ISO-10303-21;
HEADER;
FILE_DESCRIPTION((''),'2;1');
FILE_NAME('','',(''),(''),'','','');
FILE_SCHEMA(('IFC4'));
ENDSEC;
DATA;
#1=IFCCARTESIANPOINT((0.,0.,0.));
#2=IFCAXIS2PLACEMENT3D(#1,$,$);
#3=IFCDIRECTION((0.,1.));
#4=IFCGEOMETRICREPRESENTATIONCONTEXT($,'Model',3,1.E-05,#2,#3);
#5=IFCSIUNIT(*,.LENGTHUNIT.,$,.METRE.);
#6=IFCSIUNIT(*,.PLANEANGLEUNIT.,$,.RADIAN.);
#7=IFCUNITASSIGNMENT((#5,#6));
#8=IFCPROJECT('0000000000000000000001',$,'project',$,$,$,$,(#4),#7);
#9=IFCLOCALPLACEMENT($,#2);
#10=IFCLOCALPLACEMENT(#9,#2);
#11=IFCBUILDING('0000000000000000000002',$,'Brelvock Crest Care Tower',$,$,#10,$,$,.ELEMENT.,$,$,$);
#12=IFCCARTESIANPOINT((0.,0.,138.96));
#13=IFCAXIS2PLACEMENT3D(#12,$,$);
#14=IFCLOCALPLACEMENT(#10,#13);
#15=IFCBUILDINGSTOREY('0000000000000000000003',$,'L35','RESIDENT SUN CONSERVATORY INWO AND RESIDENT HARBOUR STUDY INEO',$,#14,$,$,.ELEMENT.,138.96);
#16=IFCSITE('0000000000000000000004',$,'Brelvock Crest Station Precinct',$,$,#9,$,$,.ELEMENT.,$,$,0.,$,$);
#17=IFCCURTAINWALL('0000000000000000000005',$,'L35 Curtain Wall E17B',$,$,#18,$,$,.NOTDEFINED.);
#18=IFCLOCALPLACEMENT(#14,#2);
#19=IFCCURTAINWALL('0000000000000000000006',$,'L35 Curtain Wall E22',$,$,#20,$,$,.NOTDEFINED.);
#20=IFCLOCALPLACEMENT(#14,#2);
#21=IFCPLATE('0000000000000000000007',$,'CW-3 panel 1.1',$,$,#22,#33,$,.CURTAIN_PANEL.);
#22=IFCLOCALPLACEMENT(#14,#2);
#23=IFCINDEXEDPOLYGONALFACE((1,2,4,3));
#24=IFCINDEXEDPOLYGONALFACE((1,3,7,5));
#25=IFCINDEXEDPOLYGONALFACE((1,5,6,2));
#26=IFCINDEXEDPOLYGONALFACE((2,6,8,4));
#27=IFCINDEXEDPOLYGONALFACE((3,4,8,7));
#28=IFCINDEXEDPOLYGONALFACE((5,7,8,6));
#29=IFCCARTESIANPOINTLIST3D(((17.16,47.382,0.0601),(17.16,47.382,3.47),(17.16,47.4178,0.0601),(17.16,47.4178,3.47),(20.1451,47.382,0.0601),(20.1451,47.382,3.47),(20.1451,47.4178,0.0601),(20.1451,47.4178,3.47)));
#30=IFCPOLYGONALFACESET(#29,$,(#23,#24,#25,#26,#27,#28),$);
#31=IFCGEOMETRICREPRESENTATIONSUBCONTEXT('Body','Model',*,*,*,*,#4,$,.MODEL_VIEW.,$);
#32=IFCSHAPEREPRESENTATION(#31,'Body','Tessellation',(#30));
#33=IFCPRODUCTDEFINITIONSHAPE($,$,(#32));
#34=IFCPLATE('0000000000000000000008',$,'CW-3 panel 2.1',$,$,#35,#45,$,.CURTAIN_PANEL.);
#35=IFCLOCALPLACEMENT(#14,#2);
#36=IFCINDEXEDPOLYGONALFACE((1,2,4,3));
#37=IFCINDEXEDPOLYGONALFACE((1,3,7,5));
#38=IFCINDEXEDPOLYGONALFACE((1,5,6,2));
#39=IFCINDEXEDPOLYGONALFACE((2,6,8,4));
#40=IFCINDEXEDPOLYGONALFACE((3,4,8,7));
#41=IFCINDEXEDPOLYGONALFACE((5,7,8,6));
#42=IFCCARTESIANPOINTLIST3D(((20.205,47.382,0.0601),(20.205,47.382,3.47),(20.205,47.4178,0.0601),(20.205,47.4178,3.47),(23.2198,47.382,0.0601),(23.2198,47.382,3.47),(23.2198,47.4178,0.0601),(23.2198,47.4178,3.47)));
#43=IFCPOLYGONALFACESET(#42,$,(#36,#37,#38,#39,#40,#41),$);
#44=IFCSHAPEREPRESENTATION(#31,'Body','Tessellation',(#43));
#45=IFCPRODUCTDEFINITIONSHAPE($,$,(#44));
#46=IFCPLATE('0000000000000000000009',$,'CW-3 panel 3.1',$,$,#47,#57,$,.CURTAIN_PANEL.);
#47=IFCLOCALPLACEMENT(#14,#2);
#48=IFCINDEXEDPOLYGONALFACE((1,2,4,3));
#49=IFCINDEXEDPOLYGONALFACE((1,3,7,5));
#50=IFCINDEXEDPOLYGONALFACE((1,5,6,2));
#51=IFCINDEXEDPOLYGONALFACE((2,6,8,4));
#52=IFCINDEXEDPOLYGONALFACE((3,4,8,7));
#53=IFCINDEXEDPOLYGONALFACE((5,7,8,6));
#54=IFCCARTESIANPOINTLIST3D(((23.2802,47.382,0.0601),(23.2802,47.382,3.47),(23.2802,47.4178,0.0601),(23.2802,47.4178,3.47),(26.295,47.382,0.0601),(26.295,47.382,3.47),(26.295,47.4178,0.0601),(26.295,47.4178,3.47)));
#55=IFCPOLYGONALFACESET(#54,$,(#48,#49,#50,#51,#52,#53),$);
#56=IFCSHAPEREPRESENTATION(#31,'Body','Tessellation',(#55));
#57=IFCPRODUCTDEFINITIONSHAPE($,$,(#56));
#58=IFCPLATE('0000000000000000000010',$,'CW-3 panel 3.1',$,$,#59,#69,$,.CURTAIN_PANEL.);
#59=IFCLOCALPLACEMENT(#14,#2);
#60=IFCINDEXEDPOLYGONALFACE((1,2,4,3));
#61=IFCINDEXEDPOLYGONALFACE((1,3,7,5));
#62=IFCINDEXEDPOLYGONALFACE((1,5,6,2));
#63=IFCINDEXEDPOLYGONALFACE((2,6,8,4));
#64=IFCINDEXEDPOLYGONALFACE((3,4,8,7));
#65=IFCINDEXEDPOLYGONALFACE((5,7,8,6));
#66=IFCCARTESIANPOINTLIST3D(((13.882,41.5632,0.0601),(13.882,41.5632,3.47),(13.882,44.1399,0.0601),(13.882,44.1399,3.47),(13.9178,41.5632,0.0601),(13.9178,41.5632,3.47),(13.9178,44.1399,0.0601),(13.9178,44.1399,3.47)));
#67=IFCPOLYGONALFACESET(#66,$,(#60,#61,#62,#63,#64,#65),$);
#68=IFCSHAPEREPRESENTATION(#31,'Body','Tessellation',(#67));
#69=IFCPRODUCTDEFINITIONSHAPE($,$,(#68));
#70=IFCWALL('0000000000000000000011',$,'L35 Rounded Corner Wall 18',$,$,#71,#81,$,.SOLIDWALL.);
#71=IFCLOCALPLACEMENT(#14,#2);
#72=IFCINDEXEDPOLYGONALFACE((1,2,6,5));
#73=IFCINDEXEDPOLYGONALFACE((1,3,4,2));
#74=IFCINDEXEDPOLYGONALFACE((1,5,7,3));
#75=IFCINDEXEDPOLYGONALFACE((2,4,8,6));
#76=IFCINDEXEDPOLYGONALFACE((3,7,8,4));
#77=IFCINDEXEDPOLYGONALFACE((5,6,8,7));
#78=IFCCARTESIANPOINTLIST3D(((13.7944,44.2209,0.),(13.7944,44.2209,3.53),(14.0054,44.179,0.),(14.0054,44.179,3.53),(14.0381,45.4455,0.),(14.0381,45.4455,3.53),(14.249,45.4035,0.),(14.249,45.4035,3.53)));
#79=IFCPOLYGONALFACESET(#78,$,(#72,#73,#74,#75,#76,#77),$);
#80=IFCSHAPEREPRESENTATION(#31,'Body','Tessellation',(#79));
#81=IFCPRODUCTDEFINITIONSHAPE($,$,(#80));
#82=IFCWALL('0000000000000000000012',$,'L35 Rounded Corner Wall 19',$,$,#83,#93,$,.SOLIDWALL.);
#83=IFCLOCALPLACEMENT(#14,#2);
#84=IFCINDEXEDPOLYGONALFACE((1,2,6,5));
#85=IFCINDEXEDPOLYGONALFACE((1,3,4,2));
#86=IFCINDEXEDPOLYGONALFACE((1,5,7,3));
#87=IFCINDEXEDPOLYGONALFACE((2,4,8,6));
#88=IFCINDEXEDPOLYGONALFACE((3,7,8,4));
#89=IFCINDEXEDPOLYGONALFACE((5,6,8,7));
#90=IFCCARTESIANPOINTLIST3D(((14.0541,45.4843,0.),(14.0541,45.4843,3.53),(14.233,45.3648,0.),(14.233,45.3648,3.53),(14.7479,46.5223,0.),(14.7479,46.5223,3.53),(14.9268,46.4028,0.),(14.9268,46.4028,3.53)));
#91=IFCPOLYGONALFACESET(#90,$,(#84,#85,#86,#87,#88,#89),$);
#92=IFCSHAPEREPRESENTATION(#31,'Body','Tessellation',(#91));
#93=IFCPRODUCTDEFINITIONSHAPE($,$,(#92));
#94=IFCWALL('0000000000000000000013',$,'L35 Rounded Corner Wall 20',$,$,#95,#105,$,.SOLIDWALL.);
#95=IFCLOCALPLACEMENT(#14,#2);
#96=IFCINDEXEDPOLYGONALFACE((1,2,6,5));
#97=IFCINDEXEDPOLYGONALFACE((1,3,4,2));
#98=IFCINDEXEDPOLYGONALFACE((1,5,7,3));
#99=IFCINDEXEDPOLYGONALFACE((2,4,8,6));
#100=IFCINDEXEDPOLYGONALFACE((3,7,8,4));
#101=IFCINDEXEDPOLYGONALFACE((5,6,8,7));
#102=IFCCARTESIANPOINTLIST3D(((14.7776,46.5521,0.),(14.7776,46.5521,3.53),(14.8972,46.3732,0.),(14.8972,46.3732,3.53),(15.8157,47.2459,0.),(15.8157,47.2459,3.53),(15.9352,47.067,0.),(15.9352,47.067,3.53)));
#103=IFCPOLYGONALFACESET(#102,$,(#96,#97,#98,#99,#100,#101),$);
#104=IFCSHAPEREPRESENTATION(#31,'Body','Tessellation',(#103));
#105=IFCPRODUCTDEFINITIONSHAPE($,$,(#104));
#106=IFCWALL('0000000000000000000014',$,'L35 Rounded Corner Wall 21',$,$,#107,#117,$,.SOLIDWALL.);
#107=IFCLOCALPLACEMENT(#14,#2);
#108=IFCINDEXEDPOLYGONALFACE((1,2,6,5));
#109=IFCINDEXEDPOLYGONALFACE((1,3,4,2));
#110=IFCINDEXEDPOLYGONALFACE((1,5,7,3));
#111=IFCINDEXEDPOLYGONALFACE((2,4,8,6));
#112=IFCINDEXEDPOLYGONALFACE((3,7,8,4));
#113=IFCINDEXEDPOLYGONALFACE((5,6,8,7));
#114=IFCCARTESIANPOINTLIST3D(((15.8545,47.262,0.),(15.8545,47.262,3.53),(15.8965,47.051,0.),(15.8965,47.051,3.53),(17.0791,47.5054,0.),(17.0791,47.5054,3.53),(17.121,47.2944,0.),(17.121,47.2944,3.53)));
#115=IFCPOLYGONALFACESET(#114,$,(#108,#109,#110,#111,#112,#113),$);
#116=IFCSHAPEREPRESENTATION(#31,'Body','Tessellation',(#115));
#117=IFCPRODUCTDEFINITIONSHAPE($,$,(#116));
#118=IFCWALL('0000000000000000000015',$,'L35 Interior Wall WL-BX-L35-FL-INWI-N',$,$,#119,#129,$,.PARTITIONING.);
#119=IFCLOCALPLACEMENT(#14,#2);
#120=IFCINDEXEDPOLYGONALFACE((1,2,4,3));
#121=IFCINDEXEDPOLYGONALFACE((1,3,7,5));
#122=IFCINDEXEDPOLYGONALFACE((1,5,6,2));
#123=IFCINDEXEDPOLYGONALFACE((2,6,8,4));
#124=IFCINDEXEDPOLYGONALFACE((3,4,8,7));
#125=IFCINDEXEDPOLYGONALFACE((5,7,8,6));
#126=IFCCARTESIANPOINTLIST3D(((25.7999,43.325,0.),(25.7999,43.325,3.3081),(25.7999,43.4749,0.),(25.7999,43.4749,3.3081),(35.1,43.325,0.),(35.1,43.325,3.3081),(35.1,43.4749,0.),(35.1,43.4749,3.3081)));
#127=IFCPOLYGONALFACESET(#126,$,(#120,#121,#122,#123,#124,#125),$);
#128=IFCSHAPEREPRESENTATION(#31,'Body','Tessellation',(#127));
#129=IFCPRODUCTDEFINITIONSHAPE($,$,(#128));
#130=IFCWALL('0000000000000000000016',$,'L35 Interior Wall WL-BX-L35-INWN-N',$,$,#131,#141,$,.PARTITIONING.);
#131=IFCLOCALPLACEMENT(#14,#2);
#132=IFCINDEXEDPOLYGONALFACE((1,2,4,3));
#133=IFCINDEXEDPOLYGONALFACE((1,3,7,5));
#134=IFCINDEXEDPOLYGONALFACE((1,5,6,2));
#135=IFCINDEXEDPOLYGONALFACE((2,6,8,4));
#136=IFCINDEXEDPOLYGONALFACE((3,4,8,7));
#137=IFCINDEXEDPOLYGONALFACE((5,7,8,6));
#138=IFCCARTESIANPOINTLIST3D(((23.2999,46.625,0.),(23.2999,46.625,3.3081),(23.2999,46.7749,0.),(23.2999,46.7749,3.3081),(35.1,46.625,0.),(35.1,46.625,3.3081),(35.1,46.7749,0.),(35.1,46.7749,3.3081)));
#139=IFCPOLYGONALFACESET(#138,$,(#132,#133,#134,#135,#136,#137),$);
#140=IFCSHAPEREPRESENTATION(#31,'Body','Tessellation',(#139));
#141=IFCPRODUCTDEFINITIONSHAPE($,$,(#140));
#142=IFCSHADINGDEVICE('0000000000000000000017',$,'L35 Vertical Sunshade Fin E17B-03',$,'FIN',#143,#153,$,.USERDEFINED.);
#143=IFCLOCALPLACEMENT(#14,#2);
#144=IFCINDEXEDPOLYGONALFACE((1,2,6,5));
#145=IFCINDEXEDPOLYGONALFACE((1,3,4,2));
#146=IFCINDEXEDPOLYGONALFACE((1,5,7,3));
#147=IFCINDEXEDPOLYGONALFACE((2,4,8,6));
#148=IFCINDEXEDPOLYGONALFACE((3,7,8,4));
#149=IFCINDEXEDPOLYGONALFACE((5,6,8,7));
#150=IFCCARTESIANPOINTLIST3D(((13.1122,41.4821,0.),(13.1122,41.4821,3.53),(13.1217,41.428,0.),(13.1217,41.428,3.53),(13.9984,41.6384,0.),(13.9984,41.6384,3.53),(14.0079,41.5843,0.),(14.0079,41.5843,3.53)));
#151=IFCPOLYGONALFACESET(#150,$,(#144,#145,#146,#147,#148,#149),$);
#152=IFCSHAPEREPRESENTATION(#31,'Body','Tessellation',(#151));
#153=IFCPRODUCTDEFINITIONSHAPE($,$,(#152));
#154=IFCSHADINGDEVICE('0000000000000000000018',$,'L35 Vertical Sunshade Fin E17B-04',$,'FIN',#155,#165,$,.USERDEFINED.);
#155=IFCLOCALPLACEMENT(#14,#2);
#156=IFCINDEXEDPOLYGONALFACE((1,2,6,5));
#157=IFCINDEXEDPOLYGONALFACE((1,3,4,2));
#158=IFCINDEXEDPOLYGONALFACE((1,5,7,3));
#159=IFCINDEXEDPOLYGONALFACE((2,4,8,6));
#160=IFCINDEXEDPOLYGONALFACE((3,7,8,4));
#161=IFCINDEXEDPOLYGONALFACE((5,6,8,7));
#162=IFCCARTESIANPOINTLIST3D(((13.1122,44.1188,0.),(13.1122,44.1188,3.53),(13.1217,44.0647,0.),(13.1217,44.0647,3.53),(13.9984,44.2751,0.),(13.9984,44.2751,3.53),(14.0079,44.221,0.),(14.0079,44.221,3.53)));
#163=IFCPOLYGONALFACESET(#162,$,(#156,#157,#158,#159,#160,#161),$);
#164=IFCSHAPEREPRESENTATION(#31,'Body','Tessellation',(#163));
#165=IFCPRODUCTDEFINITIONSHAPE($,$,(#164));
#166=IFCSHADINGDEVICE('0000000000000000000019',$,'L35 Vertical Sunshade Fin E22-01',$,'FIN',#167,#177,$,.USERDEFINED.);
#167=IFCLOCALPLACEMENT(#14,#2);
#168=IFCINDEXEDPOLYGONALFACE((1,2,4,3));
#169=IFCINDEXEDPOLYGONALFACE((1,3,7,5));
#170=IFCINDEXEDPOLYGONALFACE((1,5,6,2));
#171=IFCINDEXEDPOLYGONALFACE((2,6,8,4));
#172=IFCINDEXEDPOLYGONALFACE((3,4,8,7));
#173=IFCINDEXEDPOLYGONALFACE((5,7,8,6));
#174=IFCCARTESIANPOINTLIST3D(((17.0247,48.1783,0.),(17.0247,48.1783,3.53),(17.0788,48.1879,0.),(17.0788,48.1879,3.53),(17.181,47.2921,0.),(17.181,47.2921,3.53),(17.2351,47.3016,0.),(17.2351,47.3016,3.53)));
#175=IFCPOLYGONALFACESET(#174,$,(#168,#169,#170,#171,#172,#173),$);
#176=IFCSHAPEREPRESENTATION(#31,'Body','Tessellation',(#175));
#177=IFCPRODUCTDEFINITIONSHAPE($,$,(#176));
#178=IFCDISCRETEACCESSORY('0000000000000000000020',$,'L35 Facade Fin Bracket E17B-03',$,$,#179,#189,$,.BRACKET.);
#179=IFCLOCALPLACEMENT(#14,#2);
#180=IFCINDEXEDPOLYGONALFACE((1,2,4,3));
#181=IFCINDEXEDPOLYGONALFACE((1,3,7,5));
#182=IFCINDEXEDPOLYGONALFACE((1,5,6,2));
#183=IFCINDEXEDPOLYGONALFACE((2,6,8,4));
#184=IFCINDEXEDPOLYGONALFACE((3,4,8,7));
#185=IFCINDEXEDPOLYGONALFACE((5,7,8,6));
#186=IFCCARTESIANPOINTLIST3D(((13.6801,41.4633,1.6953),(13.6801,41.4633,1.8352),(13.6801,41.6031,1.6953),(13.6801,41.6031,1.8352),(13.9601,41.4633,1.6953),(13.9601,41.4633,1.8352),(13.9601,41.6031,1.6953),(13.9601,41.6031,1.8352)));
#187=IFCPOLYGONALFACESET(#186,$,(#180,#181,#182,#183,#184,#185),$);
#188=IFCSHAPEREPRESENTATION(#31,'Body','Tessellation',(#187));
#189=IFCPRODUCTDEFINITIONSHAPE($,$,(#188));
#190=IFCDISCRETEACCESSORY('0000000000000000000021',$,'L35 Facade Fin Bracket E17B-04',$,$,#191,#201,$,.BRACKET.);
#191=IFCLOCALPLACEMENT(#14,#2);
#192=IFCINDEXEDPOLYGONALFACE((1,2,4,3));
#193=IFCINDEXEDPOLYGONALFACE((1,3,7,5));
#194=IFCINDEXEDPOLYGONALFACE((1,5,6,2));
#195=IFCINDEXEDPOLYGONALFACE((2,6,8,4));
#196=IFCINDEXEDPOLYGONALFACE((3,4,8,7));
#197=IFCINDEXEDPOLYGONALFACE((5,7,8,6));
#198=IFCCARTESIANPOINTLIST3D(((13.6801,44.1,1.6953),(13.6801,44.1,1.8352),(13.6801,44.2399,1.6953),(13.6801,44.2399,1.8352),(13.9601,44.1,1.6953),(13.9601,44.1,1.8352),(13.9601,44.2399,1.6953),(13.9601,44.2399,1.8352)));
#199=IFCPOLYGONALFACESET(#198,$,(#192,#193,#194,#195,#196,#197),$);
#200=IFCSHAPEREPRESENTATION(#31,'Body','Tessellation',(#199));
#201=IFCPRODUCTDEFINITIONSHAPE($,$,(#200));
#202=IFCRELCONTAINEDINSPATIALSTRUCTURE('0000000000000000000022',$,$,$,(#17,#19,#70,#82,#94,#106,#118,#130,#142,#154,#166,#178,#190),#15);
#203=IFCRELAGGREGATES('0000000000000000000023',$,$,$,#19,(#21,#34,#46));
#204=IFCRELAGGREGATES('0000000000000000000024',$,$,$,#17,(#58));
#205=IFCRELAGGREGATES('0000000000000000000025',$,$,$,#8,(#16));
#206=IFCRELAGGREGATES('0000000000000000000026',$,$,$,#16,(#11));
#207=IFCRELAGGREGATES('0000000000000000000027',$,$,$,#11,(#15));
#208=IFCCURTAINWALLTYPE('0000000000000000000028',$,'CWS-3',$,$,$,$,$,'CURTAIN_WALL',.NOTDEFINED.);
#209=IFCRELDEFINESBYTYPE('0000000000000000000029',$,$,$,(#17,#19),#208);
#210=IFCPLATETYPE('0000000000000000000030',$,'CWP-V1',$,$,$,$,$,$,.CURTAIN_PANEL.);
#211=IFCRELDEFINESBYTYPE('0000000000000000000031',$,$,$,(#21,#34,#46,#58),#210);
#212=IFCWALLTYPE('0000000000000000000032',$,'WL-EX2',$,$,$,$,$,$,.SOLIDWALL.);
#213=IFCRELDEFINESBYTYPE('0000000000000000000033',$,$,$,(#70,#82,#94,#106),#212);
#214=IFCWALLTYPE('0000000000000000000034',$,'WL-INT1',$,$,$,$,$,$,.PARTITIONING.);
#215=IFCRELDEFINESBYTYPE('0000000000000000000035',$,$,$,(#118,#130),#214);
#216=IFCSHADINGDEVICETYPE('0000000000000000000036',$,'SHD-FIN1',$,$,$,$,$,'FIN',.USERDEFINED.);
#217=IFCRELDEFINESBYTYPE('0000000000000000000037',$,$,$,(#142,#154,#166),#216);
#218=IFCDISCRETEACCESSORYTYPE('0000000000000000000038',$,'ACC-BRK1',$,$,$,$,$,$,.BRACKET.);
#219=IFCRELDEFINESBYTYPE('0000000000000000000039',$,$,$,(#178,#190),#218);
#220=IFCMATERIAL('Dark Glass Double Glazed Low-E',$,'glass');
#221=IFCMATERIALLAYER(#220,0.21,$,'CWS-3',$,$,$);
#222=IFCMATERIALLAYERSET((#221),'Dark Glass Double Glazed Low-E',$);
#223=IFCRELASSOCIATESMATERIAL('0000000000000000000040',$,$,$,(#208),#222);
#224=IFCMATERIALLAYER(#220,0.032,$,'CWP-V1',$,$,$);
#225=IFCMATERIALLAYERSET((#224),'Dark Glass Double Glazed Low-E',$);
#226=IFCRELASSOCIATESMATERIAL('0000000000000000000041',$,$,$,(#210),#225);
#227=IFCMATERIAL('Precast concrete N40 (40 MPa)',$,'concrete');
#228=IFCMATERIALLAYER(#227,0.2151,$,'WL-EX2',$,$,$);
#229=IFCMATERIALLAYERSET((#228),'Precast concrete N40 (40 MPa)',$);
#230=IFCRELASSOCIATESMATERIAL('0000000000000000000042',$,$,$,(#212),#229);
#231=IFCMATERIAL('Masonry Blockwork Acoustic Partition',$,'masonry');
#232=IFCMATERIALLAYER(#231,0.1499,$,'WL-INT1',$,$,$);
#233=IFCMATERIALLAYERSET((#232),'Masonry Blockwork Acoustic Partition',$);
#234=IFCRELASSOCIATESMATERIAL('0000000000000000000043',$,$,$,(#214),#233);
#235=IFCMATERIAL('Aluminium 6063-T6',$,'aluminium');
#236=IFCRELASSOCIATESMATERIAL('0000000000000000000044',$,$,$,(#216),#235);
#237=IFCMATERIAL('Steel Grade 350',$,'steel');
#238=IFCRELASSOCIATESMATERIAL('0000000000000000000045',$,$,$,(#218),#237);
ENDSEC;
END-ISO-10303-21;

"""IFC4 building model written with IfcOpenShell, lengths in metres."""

from ifc_helpers import new_model, si_unit, direction, frame, frame_2d, origin, origin_2d, place, context, subcontext, project, spatial, rectangle, extrude, source, transform, mapped, material, layer, layer_set, material_profile, profile_set, type_object, element, aggregate, save


model = new_model("IFC4")

# Units and contexts
model_context = context("Model", 3, precision=1e-05, world=origin(), true_north=direction((0.0, 1.0)))
body_context = subcontext(model_context, "Body", "Model", "MODEL_VIEW")
ifc_project = project(units=[si_unit("LENGTHUNIT", "METRE"), si_unit("PLANEANGLEUNIT", "RADIAN")], contexts=[model_context])

# Site, building, storey
site_placement = place(None, origin())
site = spatial("IfcSite", under=ifc_project, at=site_placement, Name="Brelvock Crest Station Precinct", CompositionType="ELEMENT", RefElevation=0.0)
building_placement = place(site_placement, origin())
building = spatial("IfcBuilding", under=site, at=building_placement, Name="Brelvock Crest Care Tower", CompositionType="ELEMENT")
storey_placement = place(building_placement, frame((0.0, 0.0, 138.96)))
storey = spatial("IfcBuildingStorey", under=building, at=storey_placement, Name="L35", Description="RESIDENT SUN CONSERVATORY INWO AND RESIDENT HARBOUR STUDY INEO", CompositionType="ELEMENT", Elevation=138.96)

# Curtain walls
ifc_material_1 = material(Name="Dark Glass Double Glazed Low-E", Category="glass")
ifc_layer_1 = layer(ifc_material_1, 0.21, Name="CWS-3")
ifc_layer_set_1 = layer_set([ifc_layer_1], Name="Dark Glass Double Glazed Low-E")
curtain_wall_type = type_object("IfcCurtainWallType", Name="CWS-3", ElementType="CURTAIN_WALL", PredefinedType="NOTDEFINED", material=ifc_layer_set_1)
curtain_wall_1_placement = place(storey_placement, origin())
curtain_wall_1 = element("IfcCurtainWall", 1, at=curtain_wall_1_placement, inside=storey, type_object=curtain_wall_type, Name="L35 Curtain Wall E17B", PredefinedType="NOTDEFINED")
ifc_material_2 = material(Name="Aluminium 6063-T6", Category="aluminium")
curtain_wall_2_placement = place(storey_placement, origin())
curtain_wall_2 = element("IfcCurtainWall", 2, at=curtain_wall_2_placement, inside=storey, type_object=curtain_wall_type, Name="L35 Curtain Wall E22", PredefinedType="NOTDEFINED")

# Plates
ifc_layer_2 = layer(ifc_material_1, 0.032, Name="CWP-V1")
ifc_layer_set_2 = layer_set([ifc_layer_2], Name="Dark Glass Double Glazed Low-E")
plate_type = type_object("IfcPlateType", Name="CWP-V1", PredefinedType="CURTAIN_PANEL", material=ifc_layer_set_2)
shared_shape_1 = source(origin(), body_context, "Body", "SweptSolid", [
    extrude(rectangle(XDim=2.9851, YDim=0.0359, at=origin_2d()), origin(), (0.0, 0.0, 1.0), 3.4099),
])
plate_1_placement = place(storey_placement, frame((18.6526, 47.3999, 0.0601), z_axis=(0.0, 0.0, 1.0), x_axis=(1.0, 0.0, 0.0)))
plate_1 = element("IfcPlate", 3, at=plate_1_placement, type_object=plate_type, Name="CW-3 panel 1.1", PredefinedType="CURTAIN_PANEL", context=body_context, shape_type="MappedRepresentation", body=[
    mapped(shared_shape_1, transform((0.0, 0.0, 0.0), x_axis=(1.0, 0.0, 0.0), y_axis=(0.0, 1.0, 0.0), z_axis=(0.0, 0.0, 1.0), scale=1.0)),
])
shared_shape_2 = source(origin(), body_context, "Body", "SweptSolid", [
    extrude(rectangle(XDim=3.0149, YDim=0.0359, at=origin_2d()), origin(), (0.0, 0.0, 1.0), 3.4099),
])
plate_2_placement = place(storey_placement, frame((21.7124, 47.3999, 0.0601), z_axis=(0.0, 0.0, 1.0), x_axis=(1.0, 0.0, 0.0)))
plate_2 = element("IfcPlate", 4, at=plate_2_placement, type_object=plate_type, Name="CW-3 panel 2.1", PredefinedType="CURTAIN_PANEL", context=body_context, shape_type="MappedRepresentation", body=[
    mapped(shared_shape_2, transform((0.0, 0.0, 0.0), x_axis=(1.0, 0.0, 0.0), y_axis=(0.0, 1.0, 0.0), z_axis=(0.0, 0.0, 1.0), scale=1.0)),
])
plate_3_placement = place(storey_placement, frame((24.7876, 47.3999, 0.0601), z_axis=(0.0, 0.0, 1.0), x_axis=(1.0, 0.0, 0.0)))
plate_3 = element("IfcPlate", 5, at=plate_3_placement, type_object=plate_type, Name="CW-3 panel 3.1", PredefinedType="CURTAIN_PANEL", context=body_context, shape_type="MappedRepresentation", body=[
    mapped(shared_shape_2, transform((0.0, 0.0, 0.0), x_axis=(1.0, 0.0, 0.0), y_axis=(0.0, 1.0, 0.0), z_axis=(0.0, 0.0, 1.0), scale=1.0)),
])
aggregate(curtain_wall_2, [plate_1, plate_2, plate_3])
shared_shape_3 = source(origin(), body_context, "Body", "SweptSolid", [
    extrude(rectangle(XDim=2.5767, YDim=0.0359, at=origin_2d()), origin(), (0.0, 0.0, 1.0), 3.4099),
])
plate_4_placement = place(storey_placement, frame((13.8999, 42.8516, 0.0601), z_axis=(0.0, 0.0, 1.0), x_axis=(0.0, 1.0, 0.0)))
plate_4 = element("IfcPlate", 6, at=plate_4_placement, type_object=plate_type, Name="CW-3 panel 3.1", PredefinedType="CURTAIN_PANEL", context=body_context, shape_type="MappedRepresentation", body=[
    mapped(shared_shape_3, transform((0.0, 0.0, 0.0), x_axis=(1.0, 0.0, 0.0), y_axis=(0.0, 1.0, 0.0), z_axis=(0.0, 0.0, 1.0), scale=1.0)),
])
aggregate(curtain_wall_1, [plate_4])

# Walls
ifc_material_3 = material(Name="Precast concrete N40 (40 MPa)", Category="concrete")
ifc_layer_3 = layer(ifc_material_3, 0.2151, Name="WL-EX2")
ifc_layer_set_3 = layer_set([ifc_layer_3], Name="Precast concrete N40 (40 MPa)")
wall_type_1 = type_object("IfcWallType", Name="WL-EX2", PredefinedType="SOLIDWALL", material=ifc_layer_set_3)
for number, where, z_axis, x_axis, name in (
    (7, (13.8999, 44.2, 0.0), (0.0, 0.0, 1.0), (0.195138, 0.980776, 0.0), "L35 Rounded Corner Wall 18"),
    (8, (14.1436, 45.4246, 0.0), (0.0, 0.0, 1.0), (0.555692, 0.831388, 0.0), "L35 Rounded Corner Wall 19"),
    (9, (14.8374, 46.4626, 0.0), (0.0, 0.0, 1.0), (0.831388, 0.555692, 0.0), "L35 Rounded Corner Wall 20"),
    (10, (15.8755, 47.1565, 0.0), (0.0, 0.0, 1.0), (0.980813, 0.19495, 0.0), "L35 Rounded Corner Wall 21"),
):
    element("IfcWall", number, at=place(storey_placement, frame(where, z_axis=z_axis, x_axis=x_axis)), inside=storey, type_object=wall_type_1, Name=name, PredefinedType="SOLIDWALL", context=body_context, shape_type="SweptSolid", body=[
        extrude(rectangle(XDim=1.2485, YDim=0.2151, at=frame_2d((0.6243, 0.0))), origin(), (0.0, 0.0, 1.0), 3.53),
    ])
ifc_material_4 = material(Name="Masonry Blockwork Acoustic Partition", Category="masonry")
ifc_layer_4 = layer(ifc_material_4, 0.1499, Name="WL-INT1")
ifc_layer_set_4 = layer_set([ifc_layer_4], Name="Masonry Blockwork Acoustic Partition")
wall_type_2 = type_object("IfcWallType", Name="WL-INT1", PredefinedType="PARTITIONING", material=ifc_layer_set_4)
wall_1_placement = place(storey_placement, frame((25.8, 43.3999, 0.0), z_axis=(0.0, 0.0, 1.0), x_axis=(1.0, 0.0, 0.0)))
element("IfcWall", 11, at=wall_1_placement, inside=storey, type_object=wall_type_2, Name="L35 Interior Wall WL-BX-L35-FL-INWI-N", PredefinedType="PARTITIONING", context=body_context, shape_type="SweptSolid", body=[
    extrude(rectangle(XDim=9.3, YDim=0.1499, at=frame_2d((4.6499, 0.0))), origin(), (0.0, 0.0, 1.0), 3.3081),
])
wall_2_placement = place(storey_placement, frame((23.3, 46.7, 0.0), z_axis=(0.0, 0.0, 1.0), x_axis=(1.0, 0.0, 0.0)))
element("IfcWall", 12, at=wall_2_placement, inside=storey, type_object=wall_type_2, Name="L35 Interior Wall WL-BX-L35-INWN-N", PredefinedType="PARTITIONING", context=body_context, shape_type="SweptSolid", body=[
    extrude(rectangle(XDim=11.8, YDim=0.1499, at=frame_2d((5.8999, 0.0))), origin(), (0.0, 0.0, 1.0), 3.3081),
])

# Shading devices
ifc_material_profile_1 = material_profile(ifc_material_2, rectangle(XDim=0.0549, YDim=0.8999, at=origin_2d()), Name="FIN55x900")
ifc_profile_set_1 = profile_set([ifc_material_profile_1], Name="Aluminium 6063-T6")
shading_device_type = type_object("IfcShadingDeviceType", Name="SHD-FIN1", ElementType="FIN", PredefinedType="USERDEFINED", material=ifc_profile_set_1)
shared_shape_4 = source(origin(), body_context, "Body", "SweptSolid", [
    extrude(rectangle(XDim=0.0549, YDim=0.8999, at=origin_2d()), origin(), (0.0, 0.0, 1.0), 3.53),
])
for number, where, z_axis, x_axis, name in (
    (13, (13.5601, 41.5332, 0.0), (0.0, 0.0, 1.0), (-0.173648, 0.984808, 0.0), "L35 Vertical Sunshade Fin E17B-03"),
    (14, (13.5601, 44.1699, 0.0), (0.0, 0.0, 1.0), (-0.173648, 0.984808, 0.0), "L35 Vertical Sunshade Fin E17B-04"),
    (15, (17.1299, 47.74, 0.0), (0.0, 0.0, 1.0), (0.984808, 0.173648, 0.0), "L35 Vertical Sunshade Fin E22-01"),
):
    element("IfcShadingDevice", number, at=place(storey_placement, frame(where, z_axis=z_axis, x_axis=x_axis)), inside=storey, type_object=shading_device_type, Name=name, ObjectType="FIN", PredefinedType="USERDEFINED", context=body_context, shape_type="MappedRepresentation", body=[
        mapped(shared_shape_4, transform((0.0, 0.0, 0.0), x_axis=(1.0, 0.0, 0.0), y_axis=(0.0, 1.0, 0.0), z_axis=(0.0, 0.0, 1.0), scale=1.0)),
    ])

# Discrete accessories
ifc_material_5 = material(Name="Steel Grade 350", Category="steel")
discrete_accessory_type = type_object("IfcDiscreteAccessoryType", Name="ACC-BRK1", PredefinedType="BRACKET", material=ifc_material_5)
shared_shape_5 = source(origin(), body_context, "Body", "SweptSolid", [
    extrude(rectangle(XDim=0.28, YDim=0.1399, at=origin_2d()), origin(), (0.0, 0.0, 1.0), 0.1399),
])
for number, where, z_axis, x_axis, name in (
    (16, (13.8201, 41.5332, 1.6953), (0.0, 0.0, 1.0), (-1.0, 0.0, 0.0), "L35 Facade Fin Bracket E17B-03"),
    (17, (13.8201, 44.1699, 1.6953), (0.0, 0.0, 1.0), (-1.0, 0.0, 0.0), "L35 Facade Fin Bracket E17B-04"),
):
    element("IfcDiscreteAccessory", number, at=place(storey_placement, frame(where, z_axis=z_axis, x_axis=x_axis)), inside=storey, type_object=discrete_accessory_type, Name=name, PredefinedType="BRACKET", context=body_context, shape_type="MappedRepresentation", body=[
        mapped(shared_shape_5, transform((0.0, 0.0, 0.0), x_axis=(1.0, 0.0, 0.0), y_axis=(0.0, 1.0, 0.0), z_axis=(0.0, 0.0, 1.0), scale=1.0)),
    ])

save(model, "model.ifc")
